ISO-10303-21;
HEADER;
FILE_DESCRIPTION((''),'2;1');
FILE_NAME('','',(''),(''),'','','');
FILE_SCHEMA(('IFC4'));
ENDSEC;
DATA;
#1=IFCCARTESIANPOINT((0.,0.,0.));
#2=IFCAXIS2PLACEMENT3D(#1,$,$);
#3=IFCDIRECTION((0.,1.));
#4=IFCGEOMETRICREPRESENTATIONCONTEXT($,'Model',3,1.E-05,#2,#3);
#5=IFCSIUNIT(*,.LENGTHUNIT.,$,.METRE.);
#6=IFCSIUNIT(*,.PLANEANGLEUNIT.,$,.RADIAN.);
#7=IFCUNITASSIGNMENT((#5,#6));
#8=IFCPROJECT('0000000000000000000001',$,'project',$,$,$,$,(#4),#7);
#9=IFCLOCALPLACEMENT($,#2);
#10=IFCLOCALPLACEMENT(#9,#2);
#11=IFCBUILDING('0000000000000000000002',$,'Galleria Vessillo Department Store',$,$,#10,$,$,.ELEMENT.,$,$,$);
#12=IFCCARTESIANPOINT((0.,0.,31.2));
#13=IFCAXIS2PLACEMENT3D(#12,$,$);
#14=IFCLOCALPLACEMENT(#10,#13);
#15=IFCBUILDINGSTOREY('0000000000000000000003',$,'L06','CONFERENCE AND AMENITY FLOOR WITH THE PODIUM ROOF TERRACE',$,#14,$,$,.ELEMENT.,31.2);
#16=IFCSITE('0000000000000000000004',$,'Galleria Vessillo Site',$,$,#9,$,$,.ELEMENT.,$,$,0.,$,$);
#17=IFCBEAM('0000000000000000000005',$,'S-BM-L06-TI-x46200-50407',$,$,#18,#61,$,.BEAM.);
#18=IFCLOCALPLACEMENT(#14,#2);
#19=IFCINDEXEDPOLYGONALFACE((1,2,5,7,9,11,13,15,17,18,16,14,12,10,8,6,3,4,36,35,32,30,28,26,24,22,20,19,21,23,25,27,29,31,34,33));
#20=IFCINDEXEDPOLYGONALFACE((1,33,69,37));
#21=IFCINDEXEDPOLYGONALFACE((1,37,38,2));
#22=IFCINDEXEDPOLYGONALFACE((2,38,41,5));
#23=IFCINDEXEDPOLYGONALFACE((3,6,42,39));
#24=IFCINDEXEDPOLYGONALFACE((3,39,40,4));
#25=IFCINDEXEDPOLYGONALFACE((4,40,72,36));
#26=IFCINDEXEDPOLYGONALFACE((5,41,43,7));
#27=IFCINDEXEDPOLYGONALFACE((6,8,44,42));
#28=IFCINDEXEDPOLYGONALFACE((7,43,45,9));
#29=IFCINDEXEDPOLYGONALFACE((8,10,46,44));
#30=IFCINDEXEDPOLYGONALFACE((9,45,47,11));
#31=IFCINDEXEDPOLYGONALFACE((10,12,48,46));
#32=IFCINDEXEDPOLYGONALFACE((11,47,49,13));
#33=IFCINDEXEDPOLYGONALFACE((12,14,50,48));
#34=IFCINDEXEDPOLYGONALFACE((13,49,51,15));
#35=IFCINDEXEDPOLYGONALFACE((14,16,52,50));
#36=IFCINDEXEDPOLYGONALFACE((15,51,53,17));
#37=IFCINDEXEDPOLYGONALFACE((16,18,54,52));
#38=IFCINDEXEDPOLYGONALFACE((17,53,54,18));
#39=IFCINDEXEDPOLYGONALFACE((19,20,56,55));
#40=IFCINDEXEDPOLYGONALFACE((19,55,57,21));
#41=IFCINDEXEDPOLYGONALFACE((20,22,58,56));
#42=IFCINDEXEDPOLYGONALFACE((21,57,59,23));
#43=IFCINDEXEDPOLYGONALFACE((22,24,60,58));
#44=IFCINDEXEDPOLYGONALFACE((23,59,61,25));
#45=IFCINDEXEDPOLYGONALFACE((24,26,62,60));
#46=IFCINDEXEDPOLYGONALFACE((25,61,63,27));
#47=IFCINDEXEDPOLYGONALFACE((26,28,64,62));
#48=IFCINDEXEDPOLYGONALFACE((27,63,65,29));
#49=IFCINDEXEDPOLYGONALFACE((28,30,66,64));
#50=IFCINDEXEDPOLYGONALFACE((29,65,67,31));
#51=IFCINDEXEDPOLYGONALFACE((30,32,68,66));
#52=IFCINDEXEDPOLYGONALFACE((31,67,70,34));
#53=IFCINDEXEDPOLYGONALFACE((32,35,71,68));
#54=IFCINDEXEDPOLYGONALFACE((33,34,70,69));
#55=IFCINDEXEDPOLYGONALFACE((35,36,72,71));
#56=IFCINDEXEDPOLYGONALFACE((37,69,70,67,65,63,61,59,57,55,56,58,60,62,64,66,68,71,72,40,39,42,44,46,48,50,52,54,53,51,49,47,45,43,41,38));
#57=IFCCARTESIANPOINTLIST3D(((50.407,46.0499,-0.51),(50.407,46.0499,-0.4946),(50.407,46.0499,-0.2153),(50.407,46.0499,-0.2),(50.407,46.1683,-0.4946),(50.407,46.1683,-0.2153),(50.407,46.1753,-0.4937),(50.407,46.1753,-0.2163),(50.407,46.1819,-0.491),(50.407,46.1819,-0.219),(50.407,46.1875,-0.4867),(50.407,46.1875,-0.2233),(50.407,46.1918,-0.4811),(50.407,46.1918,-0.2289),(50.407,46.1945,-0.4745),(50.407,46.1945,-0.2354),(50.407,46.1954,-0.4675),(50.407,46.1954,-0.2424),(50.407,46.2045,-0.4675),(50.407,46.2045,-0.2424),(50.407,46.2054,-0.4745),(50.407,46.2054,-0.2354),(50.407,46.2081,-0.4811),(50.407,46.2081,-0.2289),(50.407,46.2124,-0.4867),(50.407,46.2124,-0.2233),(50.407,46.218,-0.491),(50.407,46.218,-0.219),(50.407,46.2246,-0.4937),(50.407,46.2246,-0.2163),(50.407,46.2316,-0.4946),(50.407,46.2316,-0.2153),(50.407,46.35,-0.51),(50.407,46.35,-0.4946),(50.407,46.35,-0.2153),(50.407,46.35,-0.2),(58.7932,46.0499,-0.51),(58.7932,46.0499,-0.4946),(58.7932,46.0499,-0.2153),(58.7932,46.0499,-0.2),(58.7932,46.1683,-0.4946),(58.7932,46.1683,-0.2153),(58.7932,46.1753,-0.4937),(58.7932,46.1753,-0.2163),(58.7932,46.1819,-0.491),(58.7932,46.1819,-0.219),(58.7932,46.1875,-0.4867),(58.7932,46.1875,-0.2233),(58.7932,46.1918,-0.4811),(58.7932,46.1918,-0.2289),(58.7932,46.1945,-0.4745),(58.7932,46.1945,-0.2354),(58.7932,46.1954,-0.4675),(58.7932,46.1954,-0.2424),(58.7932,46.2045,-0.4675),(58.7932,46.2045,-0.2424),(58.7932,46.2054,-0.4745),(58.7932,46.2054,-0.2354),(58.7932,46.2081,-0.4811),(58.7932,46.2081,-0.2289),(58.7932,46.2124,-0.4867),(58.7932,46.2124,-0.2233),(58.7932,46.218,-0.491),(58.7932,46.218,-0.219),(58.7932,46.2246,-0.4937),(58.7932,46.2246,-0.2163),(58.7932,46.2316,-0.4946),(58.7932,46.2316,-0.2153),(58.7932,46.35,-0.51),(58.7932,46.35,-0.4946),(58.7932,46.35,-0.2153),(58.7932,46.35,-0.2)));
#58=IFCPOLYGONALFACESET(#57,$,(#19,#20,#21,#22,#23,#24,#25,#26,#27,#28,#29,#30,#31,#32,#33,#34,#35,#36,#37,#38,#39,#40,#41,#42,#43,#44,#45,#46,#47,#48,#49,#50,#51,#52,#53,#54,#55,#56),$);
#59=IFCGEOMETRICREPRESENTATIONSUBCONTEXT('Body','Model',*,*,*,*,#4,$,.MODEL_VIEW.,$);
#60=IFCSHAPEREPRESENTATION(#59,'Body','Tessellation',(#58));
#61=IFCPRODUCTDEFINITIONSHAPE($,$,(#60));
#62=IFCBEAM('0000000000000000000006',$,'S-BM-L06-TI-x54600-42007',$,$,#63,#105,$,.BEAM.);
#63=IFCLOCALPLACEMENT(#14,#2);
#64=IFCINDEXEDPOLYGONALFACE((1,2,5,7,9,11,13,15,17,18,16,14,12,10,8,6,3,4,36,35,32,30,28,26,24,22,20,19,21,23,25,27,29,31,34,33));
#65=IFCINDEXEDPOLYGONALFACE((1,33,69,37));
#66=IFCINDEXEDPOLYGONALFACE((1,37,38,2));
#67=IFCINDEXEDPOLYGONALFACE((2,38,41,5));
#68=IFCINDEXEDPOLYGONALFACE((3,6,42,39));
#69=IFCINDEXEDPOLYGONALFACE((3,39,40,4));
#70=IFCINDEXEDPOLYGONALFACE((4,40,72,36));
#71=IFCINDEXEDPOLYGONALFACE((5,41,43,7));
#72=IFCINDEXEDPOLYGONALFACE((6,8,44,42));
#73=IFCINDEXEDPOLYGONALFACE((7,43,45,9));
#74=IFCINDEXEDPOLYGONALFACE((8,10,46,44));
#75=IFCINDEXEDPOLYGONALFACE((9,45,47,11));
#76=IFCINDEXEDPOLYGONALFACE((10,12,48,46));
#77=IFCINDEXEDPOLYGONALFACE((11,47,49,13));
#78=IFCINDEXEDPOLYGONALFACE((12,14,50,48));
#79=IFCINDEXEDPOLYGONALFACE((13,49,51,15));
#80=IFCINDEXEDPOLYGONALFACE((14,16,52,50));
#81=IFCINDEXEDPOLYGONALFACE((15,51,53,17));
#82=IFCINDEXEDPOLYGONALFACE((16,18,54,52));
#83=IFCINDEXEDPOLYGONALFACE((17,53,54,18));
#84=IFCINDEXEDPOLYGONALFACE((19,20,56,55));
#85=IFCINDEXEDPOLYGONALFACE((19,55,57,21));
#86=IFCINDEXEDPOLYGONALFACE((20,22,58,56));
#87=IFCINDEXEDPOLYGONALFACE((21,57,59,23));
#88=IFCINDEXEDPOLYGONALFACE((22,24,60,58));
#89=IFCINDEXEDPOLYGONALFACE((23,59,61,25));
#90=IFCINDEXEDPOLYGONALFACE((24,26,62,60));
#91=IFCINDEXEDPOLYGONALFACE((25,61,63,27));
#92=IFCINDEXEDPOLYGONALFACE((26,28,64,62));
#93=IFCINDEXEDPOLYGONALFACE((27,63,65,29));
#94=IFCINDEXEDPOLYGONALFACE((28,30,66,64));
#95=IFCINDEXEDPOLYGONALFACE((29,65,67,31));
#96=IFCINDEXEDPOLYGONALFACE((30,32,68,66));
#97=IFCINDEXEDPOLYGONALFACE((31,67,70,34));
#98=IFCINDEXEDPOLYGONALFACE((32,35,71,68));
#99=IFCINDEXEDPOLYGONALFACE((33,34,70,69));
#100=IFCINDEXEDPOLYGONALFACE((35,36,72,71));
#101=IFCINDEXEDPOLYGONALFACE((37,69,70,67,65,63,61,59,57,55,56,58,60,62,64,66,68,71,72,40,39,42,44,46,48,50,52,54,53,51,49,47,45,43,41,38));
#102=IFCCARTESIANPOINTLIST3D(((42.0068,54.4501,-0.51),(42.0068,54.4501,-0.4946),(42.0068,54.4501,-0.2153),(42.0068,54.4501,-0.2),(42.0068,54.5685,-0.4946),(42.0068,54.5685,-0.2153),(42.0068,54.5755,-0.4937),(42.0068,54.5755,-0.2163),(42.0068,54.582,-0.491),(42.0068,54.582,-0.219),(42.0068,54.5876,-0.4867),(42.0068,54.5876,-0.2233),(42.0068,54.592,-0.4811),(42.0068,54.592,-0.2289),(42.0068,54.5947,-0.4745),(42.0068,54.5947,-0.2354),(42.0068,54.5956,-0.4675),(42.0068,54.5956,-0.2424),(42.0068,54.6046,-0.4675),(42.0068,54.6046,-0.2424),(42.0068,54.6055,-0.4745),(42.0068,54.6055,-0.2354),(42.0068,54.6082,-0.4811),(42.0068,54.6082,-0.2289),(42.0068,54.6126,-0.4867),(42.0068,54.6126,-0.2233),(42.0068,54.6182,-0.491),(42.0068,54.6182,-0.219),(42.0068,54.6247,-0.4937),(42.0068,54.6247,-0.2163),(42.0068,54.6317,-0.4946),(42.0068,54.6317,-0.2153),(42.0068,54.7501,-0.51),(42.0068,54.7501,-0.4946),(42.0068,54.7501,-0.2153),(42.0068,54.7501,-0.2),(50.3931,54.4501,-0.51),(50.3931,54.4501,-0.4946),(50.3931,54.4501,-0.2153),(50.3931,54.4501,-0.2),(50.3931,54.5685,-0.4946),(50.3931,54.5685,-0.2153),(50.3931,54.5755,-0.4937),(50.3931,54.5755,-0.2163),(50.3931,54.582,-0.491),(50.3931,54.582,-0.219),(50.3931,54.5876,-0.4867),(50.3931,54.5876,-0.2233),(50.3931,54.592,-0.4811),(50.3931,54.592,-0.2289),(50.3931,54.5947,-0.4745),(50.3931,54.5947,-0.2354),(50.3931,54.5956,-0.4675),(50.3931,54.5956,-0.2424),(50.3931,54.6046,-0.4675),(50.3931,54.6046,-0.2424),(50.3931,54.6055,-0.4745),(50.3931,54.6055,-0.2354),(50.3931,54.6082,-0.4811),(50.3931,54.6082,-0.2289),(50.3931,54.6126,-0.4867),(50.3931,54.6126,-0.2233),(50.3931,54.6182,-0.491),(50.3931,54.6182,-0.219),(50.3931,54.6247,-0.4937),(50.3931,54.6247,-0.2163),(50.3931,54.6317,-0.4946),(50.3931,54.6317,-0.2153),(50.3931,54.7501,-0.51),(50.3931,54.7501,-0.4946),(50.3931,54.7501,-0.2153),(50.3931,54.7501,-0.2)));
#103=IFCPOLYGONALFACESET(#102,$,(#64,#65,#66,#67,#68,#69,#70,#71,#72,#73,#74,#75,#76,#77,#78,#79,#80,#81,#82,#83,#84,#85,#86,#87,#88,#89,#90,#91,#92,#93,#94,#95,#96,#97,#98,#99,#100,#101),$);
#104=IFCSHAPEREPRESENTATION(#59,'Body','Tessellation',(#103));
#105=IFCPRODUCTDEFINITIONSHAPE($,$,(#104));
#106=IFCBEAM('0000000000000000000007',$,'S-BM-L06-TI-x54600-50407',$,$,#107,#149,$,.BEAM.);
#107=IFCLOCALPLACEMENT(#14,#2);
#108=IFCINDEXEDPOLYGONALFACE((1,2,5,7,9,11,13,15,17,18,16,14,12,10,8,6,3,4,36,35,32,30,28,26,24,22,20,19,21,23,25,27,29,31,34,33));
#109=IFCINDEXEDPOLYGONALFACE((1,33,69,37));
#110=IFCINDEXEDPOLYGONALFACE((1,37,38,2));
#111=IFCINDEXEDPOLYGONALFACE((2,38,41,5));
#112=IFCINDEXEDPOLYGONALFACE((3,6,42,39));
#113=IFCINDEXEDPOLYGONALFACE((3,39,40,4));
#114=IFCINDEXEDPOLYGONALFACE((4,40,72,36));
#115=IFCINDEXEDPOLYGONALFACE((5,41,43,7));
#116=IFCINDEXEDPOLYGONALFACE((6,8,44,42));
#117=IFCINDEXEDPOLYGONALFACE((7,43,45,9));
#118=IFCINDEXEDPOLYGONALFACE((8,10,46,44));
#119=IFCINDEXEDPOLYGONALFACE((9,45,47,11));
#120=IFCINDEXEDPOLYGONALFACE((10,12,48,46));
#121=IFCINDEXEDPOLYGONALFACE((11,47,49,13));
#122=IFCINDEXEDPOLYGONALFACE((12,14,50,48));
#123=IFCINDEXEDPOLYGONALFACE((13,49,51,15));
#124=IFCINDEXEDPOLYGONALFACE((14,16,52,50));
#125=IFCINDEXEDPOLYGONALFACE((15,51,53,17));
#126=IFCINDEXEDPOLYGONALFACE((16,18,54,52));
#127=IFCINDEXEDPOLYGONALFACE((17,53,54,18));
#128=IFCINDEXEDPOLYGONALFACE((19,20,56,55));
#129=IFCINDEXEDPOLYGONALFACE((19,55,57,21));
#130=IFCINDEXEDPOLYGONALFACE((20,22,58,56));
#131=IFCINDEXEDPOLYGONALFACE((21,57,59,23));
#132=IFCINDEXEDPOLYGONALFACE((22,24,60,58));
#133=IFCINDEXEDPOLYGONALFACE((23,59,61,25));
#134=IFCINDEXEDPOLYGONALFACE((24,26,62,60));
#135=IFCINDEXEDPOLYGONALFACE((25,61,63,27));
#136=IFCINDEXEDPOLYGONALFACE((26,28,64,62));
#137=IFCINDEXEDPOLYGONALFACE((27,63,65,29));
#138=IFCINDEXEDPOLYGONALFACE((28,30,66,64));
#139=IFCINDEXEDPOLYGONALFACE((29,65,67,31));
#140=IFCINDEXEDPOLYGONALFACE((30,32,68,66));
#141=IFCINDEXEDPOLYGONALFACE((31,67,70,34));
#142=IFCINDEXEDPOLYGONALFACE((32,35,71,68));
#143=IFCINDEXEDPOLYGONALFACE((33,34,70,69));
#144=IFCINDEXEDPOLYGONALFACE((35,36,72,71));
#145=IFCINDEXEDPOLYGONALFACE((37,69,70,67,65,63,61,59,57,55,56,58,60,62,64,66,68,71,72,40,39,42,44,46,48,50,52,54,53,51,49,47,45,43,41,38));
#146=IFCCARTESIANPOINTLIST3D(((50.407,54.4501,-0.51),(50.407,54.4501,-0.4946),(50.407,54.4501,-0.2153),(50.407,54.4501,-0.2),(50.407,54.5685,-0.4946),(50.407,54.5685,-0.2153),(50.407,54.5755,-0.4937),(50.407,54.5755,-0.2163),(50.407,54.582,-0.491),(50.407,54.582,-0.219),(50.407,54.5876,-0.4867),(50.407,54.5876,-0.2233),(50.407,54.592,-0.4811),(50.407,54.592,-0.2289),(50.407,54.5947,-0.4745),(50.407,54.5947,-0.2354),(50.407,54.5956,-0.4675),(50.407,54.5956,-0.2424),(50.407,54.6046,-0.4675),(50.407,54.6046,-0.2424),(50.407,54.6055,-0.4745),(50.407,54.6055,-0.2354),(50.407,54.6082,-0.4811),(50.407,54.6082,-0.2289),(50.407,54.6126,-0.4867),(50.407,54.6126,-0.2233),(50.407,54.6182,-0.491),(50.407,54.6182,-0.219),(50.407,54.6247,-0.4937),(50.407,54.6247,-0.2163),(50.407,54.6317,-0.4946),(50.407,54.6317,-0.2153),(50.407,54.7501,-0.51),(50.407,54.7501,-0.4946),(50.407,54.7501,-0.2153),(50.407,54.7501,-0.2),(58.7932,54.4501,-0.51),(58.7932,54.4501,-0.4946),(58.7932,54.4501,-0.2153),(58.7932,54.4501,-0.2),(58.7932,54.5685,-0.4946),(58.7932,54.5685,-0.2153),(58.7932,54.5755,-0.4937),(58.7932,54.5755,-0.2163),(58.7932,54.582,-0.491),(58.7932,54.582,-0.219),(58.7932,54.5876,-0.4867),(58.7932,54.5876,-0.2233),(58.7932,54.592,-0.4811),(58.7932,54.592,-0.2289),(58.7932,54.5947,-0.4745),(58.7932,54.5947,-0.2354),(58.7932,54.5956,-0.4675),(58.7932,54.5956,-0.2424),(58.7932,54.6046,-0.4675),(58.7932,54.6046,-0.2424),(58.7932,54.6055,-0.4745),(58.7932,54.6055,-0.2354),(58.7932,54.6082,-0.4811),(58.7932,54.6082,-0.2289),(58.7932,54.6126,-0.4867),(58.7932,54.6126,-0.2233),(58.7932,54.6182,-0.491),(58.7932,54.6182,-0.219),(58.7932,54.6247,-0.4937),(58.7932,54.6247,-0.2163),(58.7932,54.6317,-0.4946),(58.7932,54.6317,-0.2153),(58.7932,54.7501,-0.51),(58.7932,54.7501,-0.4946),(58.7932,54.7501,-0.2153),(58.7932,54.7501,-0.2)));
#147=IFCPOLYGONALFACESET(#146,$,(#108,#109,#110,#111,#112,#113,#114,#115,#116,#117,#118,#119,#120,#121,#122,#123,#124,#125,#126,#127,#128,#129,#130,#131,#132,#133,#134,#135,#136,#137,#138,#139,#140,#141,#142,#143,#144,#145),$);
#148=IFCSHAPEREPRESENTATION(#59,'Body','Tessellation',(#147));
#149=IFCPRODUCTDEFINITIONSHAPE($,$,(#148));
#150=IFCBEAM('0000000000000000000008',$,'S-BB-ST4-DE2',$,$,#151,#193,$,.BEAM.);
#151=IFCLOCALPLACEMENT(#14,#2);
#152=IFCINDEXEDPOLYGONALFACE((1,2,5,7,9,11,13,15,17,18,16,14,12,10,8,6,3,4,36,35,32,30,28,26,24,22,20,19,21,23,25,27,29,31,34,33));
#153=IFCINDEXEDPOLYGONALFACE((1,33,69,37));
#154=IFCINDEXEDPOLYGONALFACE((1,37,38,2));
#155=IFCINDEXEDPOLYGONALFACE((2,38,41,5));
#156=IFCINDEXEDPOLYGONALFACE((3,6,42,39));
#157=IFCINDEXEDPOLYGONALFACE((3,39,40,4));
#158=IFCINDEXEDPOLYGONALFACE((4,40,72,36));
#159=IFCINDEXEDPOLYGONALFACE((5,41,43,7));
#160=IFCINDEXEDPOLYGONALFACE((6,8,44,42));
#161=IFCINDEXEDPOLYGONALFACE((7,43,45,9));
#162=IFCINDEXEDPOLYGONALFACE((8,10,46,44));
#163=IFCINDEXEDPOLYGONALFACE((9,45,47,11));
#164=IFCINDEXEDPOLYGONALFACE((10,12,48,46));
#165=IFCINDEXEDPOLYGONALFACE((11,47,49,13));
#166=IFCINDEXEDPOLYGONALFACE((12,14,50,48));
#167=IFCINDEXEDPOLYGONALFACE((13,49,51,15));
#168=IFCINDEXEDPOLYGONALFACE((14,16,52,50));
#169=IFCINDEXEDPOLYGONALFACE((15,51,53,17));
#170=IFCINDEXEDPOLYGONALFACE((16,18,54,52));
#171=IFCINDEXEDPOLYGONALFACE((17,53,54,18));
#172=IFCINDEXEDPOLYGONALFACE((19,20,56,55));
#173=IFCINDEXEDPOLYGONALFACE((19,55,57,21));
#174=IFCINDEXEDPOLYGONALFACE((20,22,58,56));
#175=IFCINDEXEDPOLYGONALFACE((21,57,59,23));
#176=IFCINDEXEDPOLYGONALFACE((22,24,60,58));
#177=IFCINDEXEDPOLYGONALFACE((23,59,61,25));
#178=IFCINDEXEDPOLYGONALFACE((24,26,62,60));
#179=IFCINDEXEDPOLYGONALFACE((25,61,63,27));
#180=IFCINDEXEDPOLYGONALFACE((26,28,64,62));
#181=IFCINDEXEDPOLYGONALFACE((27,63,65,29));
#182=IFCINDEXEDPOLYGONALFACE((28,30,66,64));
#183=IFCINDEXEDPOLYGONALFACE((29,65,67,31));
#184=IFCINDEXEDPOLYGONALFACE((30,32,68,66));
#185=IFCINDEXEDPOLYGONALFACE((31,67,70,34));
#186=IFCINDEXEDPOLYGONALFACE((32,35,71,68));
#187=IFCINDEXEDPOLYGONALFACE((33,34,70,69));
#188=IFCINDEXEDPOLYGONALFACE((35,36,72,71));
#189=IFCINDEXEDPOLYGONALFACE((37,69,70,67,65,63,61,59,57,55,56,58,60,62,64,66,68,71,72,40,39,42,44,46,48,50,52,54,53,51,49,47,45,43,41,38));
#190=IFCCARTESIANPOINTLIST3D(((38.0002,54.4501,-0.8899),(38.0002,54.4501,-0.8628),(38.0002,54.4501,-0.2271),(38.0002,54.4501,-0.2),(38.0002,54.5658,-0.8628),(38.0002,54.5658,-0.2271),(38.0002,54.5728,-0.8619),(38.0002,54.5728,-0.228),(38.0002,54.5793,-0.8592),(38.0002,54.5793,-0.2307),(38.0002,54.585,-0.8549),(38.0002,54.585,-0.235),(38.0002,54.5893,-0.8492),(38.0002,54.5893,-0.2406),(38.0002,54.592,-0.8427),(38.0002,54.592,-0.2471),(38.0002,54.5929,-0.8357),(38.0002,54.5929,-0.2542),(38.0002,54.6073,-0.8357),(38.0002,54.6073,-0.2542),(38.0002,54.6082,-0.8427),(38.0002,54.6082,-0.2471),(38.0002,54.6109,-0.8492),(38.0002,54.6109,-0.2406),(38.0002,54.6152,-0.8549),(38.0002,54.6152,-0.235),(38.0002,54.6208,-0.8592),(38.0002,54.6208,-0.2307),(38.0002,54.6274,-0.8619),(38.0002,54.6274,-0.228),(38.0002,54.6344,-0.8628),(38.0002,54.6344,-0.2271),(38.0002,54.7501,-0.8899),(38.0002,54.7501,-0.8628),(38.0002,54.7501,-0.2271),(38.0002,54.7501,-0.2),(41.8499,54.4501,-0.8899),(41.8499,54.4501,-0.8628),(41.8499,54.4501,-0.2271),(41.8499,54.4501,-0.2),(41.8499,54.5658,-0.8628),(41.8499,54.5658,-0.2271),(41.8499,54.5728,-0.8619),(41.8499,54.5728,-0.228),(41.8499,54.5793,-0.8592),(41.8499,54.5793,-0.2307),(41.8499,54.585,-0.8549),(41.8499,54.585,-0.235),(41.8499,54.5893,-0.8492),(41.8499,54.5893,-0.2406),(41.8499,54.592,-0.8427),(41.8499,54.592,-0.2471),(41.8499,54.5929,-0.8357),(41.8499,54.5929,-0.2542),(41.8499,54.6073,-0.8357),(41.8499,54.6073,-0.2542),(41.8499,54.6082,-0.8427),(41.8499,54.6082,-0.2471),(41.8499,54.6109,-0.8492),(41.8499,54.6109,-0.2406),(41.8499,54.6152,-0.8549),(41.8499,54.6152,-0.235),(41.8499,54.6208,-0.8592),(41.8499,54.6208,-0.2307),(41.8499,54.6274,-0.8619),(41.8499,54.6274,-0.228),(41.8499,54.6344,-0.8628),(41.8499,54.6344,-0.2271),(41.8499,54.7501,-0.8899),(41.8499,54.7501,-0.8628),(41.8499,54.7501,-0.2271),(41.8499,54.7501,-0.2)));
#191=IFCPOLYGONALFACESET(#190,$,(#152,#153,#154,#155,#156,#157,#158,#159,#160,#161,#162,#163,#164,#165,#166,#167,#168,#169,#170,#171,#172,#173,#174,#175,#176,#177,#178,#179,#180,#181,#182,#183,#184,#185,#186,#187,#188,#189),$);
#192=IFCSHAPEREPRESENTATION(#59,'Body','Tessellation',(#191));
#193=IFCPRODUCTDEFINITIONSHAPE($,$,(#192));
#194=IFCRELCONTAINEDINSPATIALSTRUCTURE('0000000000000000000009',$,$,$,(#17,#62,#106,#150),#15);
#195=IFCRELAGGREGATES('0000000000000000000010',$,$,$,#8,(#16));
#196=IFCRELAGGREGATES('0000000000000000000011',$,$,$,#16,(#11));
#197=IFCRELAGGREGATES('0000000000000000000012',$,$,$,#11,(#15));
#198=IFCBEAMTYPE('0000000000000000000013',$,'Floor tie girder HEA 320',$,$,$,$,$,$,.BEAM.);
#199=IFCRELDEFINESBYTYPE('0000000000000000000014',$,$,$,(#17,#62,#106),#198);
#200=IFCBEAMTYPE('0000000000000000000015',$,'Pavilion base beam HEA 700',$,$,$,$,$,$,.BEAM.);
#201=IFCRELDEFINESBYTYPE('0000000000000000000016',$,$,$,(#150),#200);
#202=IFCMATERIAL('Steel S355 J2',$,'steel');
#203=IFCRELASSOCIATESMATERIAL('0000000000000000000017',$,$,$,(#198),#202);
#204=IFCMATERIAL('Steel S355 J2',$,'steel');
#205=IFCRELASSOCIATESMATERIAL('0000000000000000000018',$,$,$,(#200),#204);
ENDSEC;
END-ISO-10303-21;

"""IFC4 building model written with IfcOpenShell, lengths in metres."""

from ifc_helpers import new_model, si_unit, direction, frame, origin, origin_2d, place, context, subcontext, project, spatial, i_section, extrude, material, material_profile, profile_set, type_object, element, save


model = new_model("IFC4")

# Units and contexts
model_context = context("Model", 3, precision=1e-05, world=origin(), true_north=direction((0.0, 1.0)))
body_context = subcontext(model_context, "Body", "Model", "MODEL_VIEW")
ifc_project = project(units=[si_unit("LENGTHUNIT", "METRE"), si_unit("PLANEANGLEUNIT", "RADIAN")], contexts=[model_context])

# Site, building, storey
site_placement = place(None, origin())
site = spatial("IfcSite", under=ifc_project, at=site_placement, Name="Galleria Vessillo Site", CompositionType="ELEMENT", RefElevation=0.0)
building_placement = place(site_placement, origin())
building = spatial("IfcBuilding", under=site, at=building_placement, Name="Galleria Vessillo Department Store", CompositionType="ELEMENT")
storey_placement = place(building_placement, frame((0.0, 0.0, 31.2)))
storey = spatial("IfcBuildingStorey", under=building, at=storey_placement, Name="L06", Description="CONFERENCE AND AMENITY FLOOR WITH THE PODIUM ROOF TERRACE", CompositionType="ELEMENT", Elevation=31.2)

# Beams
ifc_material_1 = material(Name="Steel S355 J2", Category="steel")
ifc_material_profile_1 = material_profile(ifc_material_1, i_section(OverallWidth=0.3, OverallDepth=0.3101, WebThickness=0.009, FlangeThickness=0.0154, FilletRadius=0.0271, at=origin_2d()), Name="HEA 320")
ifc_profile_set_1 = profile_set([ifc_material_profile_1], Name="Steel S355 J2")
beam_type_1 = type_object("IfcBeamType", Name="Floor tie girder HEA 320", PredefinedType="BEAM", material=ifc_profile_set_1)
for number, where, z_axis, x_axis, name in (
    (1, (50.407, 46.2, -0.355), (1.0, 0.0, 0.0), (0.0, 1.0, 0.0), "S-BM-L06-TI-x46200-50407"),
    (2, (42.0068, 54.6001, -0.355), (1.0, 0.0, 0.0), (0.0, 1.0, 0.0), "S-BM-L06-TI-x54600-42007"),
    (3, (50.407, 54.6001, -0.355), (1.0, 0.0, 0.0), (0.0, 1.0, 0.0), "S-BM-L06-TI-x54600-50407"),
):
    element("IfcBeam", number, at=place(storey_placement, frame(where, z_axis=z_axis, x_axis=x_axis)), inside=storey, type_object=beam_type_1, Name=name, PredefinedType="BEAM", context=body_context, shape_type="SweptSolid", body=[
        extrude(i_section(OverallWidth=0.3, OverallDepth=0.3101, WebThickness=0.009, FlangeThickness=0.0154, FilletRadius=0.0271, at=origin_2d()), origin(), (0.0, 0.0, 1.0), 8.3862),
    ])
ifc_material_2 = material(Name="Steel S355 J2", Category="steel")
ifc_material_profile_2 = material_profile(ifc_material_2, i_section(OverallWidth=0.3, OverallDepth=0.6899, WebThickness=0.0144, FlangeThickness=0.0271, FilletRadius=0.0271, at=origin_2d()), Name="HEA 700")
ifc_profile_set_2 = profile_set([ifc_material_profile_2], Name="Steel S355 J2")
beam_type_2 = type_object("IfcBeamType", Name="Pavilion base beam HEA 700", PredefinedType="BEAM", material=ifc_profile_set_2)
beam_1_placement = place(storey_placement, frame((38.0002, 54.6001, -0.5449), z_axis=(1.0, 0.0, 0.0), x_axis=(0.0, 1.0, 0.0)))
element("IfcBeam", 4, at=beam_1_placement, inside=storey, type_object=beam_type_2, Name="S-BB-ST4-DE2", PredefinedType="BEAM", context=body_context, shape_type="SweptSolid", body=[
    extrude(i_section(OverallWidth=0.3, OverallDepth=0.6899, WebThickness=0.0144, FlangeThickness=0.0271, FilletRadius=0.0271, at=origin_2d()), origin(), (0.0, 0.0, 1.0), 3.8496),
])

save(model, "model.ifc")
